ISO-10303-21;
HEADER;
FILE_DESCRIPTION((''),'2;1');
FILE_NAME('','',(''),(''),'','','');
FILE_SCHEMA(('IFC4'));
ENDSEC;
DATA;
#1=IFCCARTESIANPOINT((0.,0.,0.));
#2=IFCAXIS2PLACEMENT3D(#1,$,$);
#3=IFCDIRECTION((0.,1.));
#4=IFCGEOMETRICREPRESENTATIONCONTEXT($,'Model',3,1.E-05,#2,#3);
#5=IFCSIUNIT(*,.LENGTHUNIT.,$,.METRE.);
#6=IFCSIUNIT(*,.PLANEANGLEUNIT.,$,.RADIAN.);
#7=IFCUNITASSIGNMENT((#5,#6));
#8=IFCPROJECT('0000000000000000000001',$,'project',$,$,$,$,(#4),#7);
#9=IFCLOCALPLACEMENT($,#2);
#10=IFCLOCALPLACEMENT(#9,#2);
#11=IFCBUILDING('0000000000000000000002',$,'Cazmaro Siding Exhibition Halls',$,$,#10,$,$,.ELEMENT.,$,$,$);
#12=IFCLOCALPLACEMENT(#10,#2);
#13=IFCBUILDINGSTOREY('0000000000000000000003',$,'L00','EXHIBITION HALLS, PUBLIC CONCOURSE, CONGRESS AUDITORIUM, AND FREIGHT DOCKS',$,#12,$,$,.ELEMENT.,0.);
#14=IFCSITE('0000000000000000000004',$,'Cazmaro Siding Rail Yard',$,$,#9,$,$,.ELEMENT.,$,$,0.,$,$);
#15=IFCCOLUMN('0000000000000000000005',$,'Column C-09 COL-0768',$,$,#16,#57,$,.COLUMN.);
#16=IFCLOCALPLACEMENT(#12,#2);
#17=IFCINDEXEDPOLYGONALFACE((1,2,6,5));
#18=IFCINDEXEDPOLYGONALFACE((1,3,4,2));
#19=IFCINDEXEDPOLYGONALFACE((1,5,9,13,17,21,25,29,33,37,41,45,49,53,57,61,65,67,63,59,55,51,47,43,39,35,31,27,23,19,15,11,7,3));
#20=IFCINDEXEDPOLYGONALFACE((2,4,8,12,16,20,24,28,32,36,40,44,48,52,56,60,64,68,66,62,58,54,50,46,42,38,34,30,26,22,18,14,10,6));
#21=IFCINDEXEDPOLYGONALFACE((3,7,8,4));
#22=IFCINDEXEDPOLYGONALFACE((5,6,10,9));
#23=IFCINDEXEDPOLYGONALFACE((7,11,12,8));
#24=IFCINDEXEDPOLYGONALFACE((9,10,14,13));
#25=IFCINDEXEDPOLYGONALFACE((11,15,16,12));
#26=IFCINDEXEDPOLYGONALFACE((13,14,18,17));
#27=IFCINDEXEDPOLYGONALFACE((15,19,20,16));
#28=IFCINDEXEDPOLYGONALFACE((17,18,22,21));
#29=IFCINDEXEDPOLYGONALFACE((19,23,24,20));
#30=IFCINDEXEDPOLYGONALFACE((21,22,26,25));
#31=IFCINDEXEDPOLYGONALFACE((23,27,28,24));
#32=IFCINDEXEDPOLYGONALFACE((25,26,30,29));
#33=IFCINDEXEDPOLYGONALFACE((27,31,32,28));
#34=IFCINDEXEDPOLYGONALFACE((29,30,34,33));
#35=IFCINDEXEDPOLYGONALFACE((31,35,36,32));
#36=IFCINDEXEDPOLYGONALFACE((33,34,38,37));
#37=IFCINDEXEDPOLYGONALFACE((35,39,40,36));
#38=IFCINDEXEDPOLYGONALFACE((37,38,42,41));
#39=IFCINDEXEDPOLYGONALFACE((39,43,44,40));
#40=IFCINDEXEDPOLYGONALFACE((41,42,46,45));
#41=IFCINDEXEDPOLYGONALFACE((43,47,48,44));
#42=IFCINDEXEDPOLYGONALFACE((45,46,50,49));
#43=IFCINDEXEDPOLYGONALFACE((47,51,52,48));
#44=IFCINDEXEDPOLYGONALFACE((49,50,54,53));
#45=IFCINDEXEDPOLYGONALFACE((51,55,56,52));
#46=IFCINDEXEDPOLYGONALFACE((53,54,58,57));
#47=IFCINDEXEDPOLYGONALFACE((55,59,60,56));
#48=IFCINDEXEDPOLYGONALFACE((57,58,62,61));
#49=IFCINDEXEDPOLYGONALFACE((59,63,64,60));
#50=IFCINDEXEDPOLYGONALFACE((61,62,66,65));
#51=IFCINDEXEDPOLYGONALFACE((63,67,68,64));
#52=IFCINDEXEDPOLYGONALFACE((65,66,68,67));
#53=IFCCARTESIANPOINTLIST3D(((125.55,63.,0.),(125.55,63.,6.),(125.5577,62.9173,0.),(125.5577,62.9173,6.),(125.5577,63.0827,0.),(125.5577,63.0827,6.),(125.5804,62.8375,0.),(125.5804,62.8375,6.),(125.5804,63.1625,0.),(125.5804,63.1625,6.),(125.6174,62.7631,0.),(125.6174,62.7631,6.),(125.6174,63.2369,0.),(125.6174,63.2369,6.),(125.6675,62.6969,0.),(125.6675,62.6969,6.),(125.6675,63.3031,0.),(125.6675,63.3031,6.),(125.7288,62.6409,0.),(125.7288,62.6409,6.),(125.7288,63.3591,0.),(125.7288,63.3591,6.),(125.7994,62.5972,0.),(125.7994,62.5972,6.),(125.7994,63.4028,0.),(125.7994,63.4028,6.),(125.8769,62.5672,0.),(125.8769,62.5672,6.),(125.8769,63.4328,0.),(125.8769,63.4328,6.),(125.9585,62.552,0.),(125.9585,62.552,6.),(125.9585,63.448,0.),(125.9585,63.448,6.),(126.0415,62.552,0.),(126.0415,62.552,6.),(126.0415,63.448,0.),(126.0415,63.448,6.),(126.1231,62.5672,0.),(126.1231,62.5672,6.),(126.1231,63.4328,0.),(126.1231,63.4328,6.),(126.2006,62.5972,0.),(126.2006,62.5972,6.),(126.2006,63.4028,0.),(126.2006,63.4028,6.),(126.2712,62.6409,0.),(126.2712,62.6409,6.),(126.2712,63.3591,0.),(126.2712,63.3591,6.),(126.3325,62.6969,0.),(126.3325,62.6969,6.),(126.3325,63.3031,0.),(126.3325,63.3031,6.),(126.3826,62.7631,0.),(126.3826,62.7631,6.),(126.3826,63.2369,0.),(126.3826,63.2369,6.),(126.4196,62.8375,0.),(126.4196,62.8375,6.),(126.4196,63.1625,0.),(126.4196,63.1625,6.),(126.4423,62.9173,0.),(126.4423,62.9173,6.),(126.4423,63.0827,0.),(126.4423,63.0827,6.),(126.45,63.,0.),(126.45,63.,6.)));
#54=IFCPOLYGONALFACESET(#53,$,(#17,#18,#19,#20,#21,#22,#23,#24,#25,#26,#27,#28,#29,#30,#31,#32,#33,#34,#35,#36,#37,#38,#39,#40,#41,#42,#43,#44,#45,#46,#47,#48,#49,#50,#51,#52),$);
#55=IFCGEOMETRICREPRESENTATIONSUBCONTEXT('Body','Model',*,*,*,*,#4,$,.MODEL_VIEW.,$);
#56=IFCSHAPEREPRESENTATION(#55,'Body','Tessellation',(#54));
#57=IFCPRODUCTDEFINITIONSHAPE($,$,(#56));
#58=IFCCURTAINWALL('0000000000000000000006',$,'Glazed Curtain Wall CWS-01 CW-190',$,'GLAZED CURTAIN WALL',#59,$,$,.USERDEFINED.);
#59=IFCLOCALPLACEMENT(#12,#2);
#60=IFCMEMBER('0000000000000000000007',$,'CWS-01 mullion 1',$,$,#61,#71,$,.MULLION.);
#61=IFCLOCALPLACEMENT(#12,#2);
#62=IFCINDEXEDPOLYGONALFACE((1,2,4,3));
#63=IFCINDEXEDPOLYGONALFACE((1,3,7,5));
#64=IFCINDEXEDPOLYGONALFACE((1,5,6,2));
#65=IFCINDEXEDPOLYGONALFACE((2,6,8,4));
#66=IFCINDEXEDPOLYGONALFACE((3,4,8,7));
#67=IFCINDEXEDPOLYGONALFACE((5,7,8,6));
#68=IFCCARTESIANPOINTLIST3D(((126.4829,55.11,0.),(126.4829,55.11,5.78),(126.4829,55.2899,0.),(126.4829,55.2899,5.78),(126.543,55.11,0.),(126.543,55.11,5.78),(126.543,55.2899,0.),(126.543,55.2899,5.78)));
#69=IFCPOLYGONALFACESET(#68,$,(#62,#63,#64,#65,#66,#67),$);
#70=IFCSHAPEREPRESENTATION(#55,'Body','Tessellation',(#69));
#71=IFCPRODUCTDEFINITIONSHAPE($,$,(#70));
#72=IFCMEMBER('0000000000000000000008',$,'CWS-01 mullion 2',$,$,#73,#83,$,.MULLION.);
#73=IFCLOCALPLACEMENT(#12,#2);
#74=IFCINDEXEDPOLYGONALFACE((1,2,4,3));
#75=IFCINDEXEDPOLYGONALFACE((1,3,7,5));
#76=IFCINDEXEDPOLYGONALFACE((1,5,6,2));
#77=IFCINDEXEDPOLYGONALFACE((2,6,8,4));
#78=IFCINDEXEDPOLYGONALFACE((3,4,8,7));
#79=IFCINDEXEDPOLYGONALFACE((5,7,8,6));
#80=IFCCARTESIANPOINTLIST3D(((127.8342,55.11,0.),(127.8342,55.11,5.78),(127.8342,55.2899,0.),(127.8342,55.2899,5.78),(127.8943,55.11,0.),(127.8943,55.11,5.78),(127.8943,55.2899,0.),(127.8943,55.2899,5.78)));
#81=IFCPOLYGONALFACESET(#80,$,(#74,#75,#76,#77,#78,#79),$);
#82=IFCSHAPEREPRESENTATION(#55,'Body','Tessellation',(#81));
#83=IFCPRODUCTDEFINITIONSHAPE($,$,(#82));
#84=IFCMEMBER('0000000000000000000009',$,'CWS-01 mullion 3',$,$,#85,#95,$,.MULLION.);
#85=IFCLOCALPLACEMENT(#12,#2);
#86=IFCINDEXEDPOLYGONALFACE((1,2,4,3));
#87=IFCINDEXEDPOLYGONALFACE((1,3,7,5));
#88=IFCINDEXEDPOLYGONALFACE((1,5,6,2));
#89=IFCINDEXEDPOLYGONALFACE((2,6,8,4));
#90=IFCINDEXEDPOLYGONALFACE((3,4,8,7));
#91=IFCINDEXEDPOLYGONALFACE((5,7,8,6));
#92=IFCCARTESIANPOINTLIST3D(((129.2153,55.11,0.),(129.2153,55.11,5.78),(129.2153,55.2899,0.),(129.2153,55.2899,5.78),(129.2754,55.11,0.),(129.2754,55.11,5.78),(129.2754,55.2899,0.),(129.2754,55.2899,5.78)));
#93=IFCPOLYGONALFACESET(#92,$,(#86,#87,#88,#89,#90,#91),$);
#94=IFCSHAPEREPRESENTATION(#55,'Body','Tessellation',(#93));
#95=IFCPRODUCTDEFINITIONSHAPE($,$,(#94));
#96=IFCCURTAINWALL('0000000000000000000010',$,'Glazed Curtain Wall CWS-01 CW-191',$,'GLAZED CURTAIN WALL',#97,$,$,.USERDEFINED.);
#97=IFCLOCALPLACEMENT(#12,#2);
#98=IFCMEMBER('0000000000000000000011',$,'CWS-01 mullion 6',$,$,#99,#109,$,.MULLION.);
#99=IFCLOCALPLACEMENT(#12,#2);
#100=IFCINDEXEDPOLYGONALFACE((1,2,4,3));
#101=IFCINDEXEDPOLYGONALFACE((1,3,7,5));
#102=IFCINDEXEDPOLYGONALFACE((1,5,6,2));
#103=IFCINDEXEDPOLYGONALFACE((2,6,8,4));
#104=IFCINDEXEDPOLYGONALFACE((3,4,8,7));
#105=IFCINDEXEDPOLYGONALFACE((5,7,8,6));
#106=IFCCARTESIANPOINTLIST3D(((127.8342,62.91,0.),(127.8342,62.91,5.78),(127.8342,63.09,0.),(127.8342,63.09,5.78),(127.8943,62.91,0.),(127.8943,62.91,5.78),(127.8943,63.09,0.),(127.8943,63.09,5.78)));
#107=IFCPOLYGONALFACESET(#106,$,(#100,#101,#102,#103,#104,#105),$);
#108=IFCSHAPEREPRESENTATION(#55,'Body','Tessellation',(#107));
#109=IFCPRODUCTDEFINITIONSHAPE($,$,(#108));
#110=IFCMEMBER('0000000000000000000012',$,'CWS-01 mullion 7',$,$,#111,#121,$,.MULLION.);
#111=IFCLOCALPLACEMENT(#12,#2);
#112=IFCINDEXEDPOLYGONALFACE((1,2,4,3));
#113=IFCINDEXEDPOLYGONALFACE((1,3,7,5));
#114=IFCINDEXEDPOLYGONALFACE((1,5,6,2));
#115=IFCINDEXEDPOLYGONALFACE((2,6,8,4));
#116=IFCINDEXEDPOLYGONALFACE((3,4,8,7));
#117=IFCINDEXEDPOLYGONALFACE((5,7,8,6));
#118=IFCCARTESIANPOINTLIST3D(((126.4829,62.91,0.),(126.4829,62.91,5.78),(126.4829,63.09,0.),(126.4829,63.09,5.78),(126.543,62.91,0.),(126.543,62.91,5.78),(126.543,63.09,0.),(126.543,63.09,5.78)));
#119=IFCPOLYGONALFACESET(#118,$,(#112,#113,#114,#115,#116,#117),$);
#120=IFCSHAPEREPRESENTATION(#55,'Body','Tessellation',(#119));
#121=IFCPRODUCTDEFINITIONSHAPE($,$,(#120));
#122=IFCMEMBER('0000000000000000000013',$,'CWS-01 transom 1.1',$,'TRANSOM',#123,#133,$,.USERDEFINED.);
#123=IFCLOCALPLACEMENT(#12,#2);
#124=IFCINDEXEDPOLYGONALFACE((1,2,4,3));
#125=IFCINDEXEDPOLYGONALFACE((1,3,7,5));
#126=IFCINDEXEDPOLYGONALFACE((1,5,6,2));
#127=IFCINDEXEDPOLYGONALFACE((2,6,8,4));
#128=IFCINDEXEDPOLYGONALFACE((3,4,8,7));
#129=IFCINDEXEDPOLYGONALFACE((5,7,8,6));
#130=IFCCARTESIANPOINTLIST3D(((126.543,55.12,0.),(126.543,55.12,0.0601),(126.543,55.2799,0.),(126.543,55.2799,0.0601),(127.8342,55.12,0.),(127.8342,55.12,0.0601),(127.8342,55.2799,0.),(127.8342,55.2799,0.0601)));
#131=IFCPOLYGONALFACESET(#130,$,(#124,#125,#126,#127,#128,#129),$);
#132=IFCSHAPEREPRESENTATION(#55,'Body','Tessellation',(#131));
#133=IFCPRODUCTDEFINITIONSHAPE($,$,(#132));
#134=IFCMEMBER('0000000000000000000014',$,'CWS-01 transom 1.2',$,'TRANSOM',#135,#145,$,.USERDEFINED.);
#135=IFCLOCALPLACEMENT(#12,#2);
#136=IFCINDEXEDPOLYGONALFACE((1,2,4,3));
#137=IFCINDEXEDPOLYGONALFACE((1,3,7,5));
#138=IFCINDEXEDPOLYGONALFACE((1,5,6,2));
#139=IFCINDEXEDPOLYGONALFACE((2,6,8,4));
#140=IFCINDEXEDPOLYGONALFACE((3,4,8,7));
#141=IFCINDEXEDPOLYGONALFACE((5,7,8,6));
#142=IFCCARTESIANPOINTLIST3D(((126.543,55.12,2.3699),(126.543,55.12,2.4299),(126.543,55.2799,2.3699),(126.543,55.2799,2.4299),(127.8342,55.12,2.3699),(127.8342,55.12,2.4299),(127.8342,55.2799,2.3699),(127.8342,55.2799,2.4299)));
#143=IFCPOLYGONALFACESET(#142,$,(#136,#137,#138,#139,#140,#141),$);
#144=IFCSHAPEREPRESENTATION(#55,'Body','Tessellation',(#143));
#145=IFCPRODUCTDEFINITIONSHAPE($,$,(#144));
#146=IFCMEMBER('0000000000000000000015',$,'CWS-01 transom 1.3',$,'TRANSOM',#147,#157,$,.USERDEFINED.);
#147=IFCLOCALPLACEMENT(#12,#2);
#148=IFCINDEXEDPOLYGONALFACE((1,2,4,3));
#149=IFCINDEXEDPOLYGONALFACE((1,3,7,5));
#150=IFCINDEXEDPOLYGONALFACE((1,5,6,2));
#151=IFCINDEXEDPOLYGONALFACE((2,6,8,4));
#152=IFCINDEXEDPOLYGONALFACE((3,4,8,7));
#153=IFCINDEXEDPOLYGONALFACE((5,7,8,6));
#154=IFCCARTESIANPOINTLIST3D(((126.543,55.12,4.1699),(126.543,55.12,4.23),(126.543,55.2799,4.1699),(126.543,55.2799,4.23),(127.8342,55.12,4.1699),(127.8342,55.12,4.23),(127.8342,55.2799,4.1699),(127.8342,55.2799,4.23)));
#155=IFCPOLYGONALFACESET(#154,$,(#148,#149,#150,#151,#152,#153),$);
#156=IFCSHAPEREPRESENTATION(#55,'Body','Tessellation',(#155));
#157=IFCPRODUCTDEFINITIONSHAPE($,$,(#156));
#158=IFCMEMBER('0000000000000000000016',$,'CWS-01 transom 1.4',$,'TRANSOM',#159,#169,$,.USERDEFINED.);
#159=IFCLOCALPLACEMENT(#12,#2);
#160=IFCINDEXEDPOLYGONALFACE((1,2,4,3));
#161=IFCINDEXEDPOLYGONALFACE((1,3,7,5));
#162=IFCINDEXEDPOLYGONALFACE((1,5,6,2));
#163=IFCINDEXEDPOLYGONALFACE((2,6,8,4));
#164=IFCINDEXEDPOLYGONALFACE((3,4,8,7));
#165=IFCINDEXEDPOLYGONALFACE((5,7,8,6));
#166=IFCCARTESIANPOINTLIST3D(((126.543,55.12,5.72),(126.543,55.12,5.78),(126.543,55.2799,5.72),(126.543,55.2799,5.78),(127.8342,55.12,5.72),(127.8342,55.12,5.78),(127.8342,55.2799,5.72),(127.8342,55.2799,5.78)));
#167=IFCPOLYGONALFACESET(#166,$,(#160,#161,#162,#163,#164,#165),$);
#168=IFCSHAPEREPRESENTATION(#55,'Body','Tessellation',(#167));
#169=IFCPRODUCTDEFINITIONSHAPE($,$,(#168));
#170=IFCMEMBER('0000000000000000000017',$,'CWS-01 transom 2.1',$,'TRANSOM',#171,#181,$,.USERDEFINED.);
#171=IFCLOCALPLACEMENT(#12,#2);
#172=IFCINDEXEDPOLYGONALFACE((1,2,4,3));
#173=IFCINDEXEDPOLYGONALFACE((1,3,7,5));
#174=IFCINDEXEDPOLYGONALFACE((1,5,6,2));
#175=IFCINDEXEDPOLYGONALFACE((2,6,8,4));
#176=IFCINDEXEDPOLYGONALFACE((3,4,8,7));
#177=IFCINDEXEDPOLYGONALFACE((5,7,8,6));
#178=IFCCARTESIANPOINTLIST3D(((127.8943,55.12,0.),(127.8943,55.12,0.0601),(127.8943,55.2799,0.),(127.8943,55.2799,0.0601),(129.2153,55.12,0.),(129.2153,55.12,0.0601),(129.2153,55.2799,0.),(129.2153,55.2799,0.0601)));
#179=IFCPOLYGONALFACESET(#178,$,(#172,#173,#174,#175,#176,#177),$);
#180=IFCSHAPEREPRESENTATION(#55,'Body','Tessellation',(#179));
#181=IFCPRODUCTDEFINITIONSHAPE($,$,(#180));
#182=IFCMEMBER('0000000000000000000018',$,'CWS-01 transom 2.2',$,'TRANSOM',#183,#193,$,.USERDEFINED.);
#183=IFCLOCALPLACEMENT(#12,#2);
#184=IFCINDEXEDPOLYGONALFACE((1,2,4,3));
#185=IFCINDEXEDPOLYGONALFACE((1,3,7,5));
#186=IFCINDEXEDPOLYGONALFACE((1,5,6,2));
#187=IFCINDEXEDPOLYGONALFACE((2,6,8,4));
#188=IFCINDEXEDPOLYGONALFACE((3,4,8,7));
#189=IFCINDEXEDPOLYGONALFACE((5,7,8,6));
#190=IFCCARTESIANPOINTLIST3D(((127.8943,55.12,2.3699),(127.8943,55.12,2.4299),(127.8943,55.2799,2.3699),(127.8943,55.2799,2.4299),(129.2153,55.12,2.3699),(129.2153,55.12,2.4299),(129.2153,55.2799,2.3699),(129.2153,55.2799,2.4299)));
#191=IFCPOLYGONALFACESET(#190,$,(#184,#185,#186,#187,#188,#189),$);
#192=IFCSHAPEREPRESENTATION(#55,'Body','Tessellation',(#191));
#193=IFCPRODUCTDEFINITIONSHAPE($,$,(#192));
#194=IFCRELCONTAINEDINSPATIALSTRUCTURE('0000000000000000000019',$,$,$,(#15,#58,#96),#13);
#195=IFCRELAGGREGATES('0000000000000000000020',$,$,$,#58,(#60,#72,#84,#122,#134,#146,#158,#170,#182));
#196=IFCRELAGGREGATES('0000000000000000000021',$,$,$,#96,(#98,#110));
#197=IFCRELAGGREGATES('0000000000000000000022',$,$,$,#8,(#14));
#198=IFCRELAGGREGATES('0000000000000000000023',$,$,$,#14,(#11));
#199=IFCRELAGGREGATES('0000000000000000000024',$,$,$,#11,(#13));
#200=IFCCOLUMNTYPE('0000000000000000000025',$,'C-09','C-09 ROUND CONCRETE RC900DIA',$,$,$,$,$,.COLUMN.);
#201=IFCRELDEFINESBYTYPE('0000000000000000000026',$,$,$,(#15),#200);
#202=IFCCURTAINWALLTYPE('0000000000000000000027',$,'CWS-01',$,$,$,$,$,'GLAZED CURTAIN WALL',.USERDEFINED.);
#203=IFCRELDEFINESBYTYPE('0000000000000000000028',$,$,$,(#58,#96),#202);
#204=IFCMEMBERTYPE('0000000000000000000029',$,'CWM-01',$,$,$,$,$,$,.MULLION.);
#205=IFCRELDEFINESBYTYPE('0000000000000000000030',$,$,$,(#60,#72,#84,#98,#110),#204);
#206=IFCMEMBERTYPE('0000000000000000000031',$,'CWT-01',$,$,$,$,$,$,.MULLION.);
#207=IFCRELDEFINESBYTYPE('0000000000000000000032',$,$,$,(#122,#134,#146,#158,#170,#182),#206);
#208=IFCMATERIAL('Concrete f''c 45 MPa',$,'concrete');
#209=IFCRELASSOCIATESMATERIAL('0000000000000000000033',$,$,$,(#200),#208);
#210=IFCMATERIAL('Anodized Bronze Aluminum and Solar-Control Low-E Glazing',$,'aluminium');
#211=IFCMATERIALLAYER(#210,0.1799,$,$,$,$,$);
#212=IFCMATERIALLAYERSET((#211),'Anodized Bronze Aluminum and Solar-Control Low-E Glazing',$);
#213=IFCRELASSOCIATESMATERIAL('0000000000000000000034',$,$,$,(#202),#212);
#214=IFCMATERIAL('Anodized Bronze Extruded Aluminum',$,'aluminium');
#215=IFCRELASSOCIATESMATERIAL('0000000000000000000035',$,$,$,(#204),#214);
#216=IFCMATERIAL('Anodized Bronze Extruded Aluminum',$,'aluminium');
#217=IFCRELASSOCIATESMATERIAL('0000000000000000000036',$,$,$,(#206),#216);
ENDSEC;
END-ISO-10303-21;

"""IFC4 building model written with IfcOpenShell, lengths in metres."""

from ifc_helpers import new_model, si_unit, direction, frame, origin, origin_2d, place, context, subcontext, project, spatial, rectangle, circle, extrude, material, layer, layer_set, material_profile, profile_set, type_object, element, aggregate, save


model = new_model("IFC4")

# Units and contexts
model_context = context("Model", 3, precision=1e-05, world=origin(), true_north=direction((0.0, 1.0)))
body_context = subcontext(model_context, "Body", "Model", "MODEL_VIEW")
ifc_project = project(units=[si_unit("LENGTHUNIT", "METRE"), si_unit("PLANEANGLEUNIT", "RADIAN")], contexts=[model_context])

# Site, building, storey
site_placement = place(None, origin())
site = spatial("IfcSite", under=ifc_project, at=site_placement, Name="Cazmaro Siding Rail Yard", CompositionType="ELEMENT", RefElevation=0.0)
building_placement = place(site_placement, origin())
building = spatial("IfcBuilding", under=site, at=building_placement, Name="Cazmaro Siding Exhibition Halls", CompositionType="ELEMENT")
storey_placement = place(building_placement, origin())
storey = spatial("IfcBuildingStorey", under=building, at=storey_placement, Name="L00", Description="EXHIBITION HALLS, PUBLIC CONCOURSE, CONGRESS AUDITORIUM, AND FREIGHT DOCKS", CompositionType="ELEMENT", Elevation=0.0)

# Column
ifc_material_1 = material(Name="Concrete f'c 45 MPa", Category="concrete")
ifc_material_profile_1 = material_profile(ifc_material_1, circle(Radius=0.45, at=origin_2d()), Name="RC900DIA")
ifc_profile_set_1 = profile_set([ifc_material_profile_1], Name="Concrete f'c 45 MPa")
column_type = type_object("IfcColumnType", Name="C-09", Description="C-09 ROUND CONCRETE RC900DIA", PredefinedType="COLUMN", material=ifc_profile_set_1)
column_placement = place(storey_placement, frame((126.0, 63.0, 0.0), z_axis=(0.0, 0.0, 1.0), x_axis=(1.0, 0.0, 0.0)))
element("IfcColumn", 1, at=column_placement, inside=storey, type_object=column_type, Name="Column C-09 COL-0768", PredefinedType="COLUMN", context=body_context, shape_type="SweptSolid", body=[
    extrude(circle(Radius=0.45, at=origin_2d()), origin(), (0.0, 0.0, 1.0), 6.0),
])

# Curtain walls, members
ifc_material_2 = material(Name="Anodized Bronze Aluminum and Solar-Control Low-E Glazing", Category="aluminium")
ifc_layer_1 = layer(ifc_material_2, 0.1799)
ifc_layer_set_1 = layer_set([ifc_layer_1], Name="Anodized Bronze Aluminum and Solar-Control Low-E Glazing")
curtain_wall_type = type_object("IfcCurtainWallType", Name="CWS-01", ElementType="GLAZED CURTAIN WALL", PredefinedType="USERDEFINED", material=ifc_layer_set_1)
curtain_wall_1_placement = place(storey_placement, origin())
curtain_wall_1 = element("IfcCurtainWall", 2, at=curtain_wall_1_placement, inside=storey, type_object=curtain_wall_type, Name="Glazed Curtain Wall CWS-01 CW-190", ObjectType="GLAZED CURTAIN WALL", PredefinedType="USERDEFINED")
ifc_material_3 = material(Name="Anodized Bronze Extruded Aluminum", Category="aluminium")
ifc_material_profile_2 = material_profile(ifc_material_3, rectangle(XDim=0.1799, YDim=0.0601, at=origin_2d()), Name="CWM-01")
ifc_profile_set_2 = profile_set([ifc_material_profile_2], Name="Anodized Bronze Extruded Aluminum")
member_type_1 = type_object("IfcMemberType", Name="CWM-01", PredefinedType="MULLION", material=ifc_profile_set_2)
member_1_placement = place(storey_placement, frame((126.5129, 55.2, 0.0), z_axis=(0.0, 0.0, 1.0), x_axis=(0.0, 1.0, 0.0)))
member_1 = element("IfcMember", 3, at=member_1_placement, type_object=member_type_1, Name="CWS-01 mullion 1", PredefinedType="MULLION", context=body_context, shape_type="SweptSolid", body=[
    extrude(rectangle(XDim=0.1799, YDim=0.0601, at=origin_2d()), origin(), (0.0, 0.0, 1.0), 5.78),
])
member_2_placement = place(storey_placement, frame((127.8643, 55.2, 0.0), z_axis=(0.0, 0.0, 1.0), x_axis=(0.0, 1.0, 0.0)))
member_2 = element("IfcMember", 4, at=member_2_placement, type_object=member_type_1, Name="CWS-01 mullion 2", PredefinedType="MULLION", context=body_context, shape_type="SweptSolid", body=[
    extrude(rectangle(XDim=0.1799, YDim=0.0601, at=origin_2d()), origin(), (0.0, 0.0, 1.0), 5.78),
])
member_3_placement = place(storey_placement, frame((129.2454, 55.2, 0.0), z_axis=(0.0, 0.0, 1.0), x_axis=(0.0, 1.0, 0.0)))
member_3 = element("IfcMember", 5, at=member_3_placement, type_object=member_type_1, Name="CWS-01 mullion 3", PredefinedType="MULLION", context=body_context, shape_type="SweptSolid", body=[
    extrude(rectangle(XDim=0.1799, YDim=0.0601, at=origin_2d()), origin(), (0.0, 0.0, 1.0), 5.78),
])
curtain_wall_2_placement = place(storey_placement, origin())
curtain_wall_2 = element("IfcCurtainWall", 6, at=curtain_wall_2_placement, inside=storey, type_object=curtain_wall_type, Name="Glazed Curtain Wall CWS-01 CW-191", ObjectType="GLAZED CURTAIN WALL", PredefinedType="USERDEFINED")
member_4_placement = place(storey_placement, frame((127.8643, 63.0, 0.0), z_axis=(0.0, 0.0, 1.0), x_axis=(0.0, -1.0, 0.0)))
member_4 = element("IfcMember", 7, at=member_4_placement, type_object=member_type_1, Name="CWS-01 mullion 6", PredefinedType="MULLION", context=body_context, shape_type="SweptSolid", body=[
    extrude(rectangle(XDim=0.1799, YDim=0.0601, at=origin_2d()), origin(), (0.0, 0.0, 1.0), 5.78),
])
member_5_placement = place(storey_placement, frame((126.5129, 63.0, 0.0), z_axis=(0.0, 0.0, 1.0), x_axis=(0.0, -1.0, 0.0)))
member_5 = element("IfcMember", 8, at=member_5_placement, type_object=member_type_1, Name="CWS-01 mullion 7", PredefinedType="MULLION", context=body_context, shape_type="SweptSolid", body=[
    extrude(rectangle(XDim=0.1799, YDim=0.0601, at=origin_2d()), origin(), (0.0, 0.0, 1.0), 5.78),
])

# Members
ifc_material_4 = material(Name="Anodized Bronze Extruded Aluminum", Category="aluminium")
ifc_material_profile_3 = material_profile(ifc_material_4, rectangle(XDim=0.1599, YDim=0.0601, at=origin_2d()), Name="CWT-01")
ifc_profile_set_3 = profile_set([ifc_material_profile_3], Name="Anodized Bronze Extruded Aluminum")
member_type_2 = type_object("IfcMemberType", Name="CWT-01", PredefinedType="MULLION", material=ifc_profile_set_3)
member_6_placement = place(storey_placement, frame((126.543, 55.2, 0.03), z_axis=(1.0, 0.0, 0.0), x_axis=(0.0, 1.0, 0.0)))
member_6 = element("IfcMember", 9, at=member_6_placement, type_object=member_type_2, Name="CWS-01 transom 1.1", ObjectType="TRANSOM", PredefinedType="USERDEFINED", context=body_context, shape_type="SweptSolid", body=[
    extrude(rectangle(XDim=0.1599, YDim=0.0601, at=origin_2d()), origin(), (0.0, 0.0, 1.0), 1.2913),
])
member_7_placement = place(storey_placement, frame((126.543, 55.2, 2.3999), z_axis=(1.0, 0.0, 0.0), x_axis=(0.0, 1.0, 0.0)))
member_7 = element("IfcMember", 10, at=member_7_placement, type_object=member_type_2, Name="CWS-01 transom 1.2", ObjectType="TRANSOM", PredefinedType="USERDEFINED", context=body_context, shape_type="SweptSolid", body=[
    extrude(rectangle(XDim=0.1599, YDim=0.0601, at=origin_2d()), origin(), (0.0, 0.0, 1.0), 1.2913),
])
member_8_placement = place(storey_placement, frame((126.543, 55.2, 4.2), z_axis=(1.0, 0.0, 0.0), x_axis=(0.0, 1.0, 0.0)))
member_8 = element("IfcMember", 11, at=member_8_placement, type_object=member_type_2, Name="CWS-01 transom 1.3", ObjectType="TRANSOM", PredefinedType="USERDEFINED", context=body_context, shape_type="SweptSolid", body=[
    extrude(rectangle(XDim=0.1599, YDim=0.0601, at=origin_2d()), origin(), (0.0, 0.0, 1.0), 1.2913),
])
member_9_placement = place(storey_placement, frame((126.543, 55.2, 5.75), z_axis=(1.0, 0.0, 0.0), x_axis=(0.0, 1.0, 0.0)))
member_9 = element("IfcMember", 12, at=member_9_placement, type_object=member_type_2, Name="CWS-01 transom 1.4", ObjectType="TRANSOM", PredefinedType="USERDEFINED", context=body_context, shape_type="SweptSolid", body=[
    extrude(rectangle(XDim=0.1599, YDim=0.0601, at=origin_2d()), origin(), (0.0, 0.0, 1.0), 1.2913),
])
member_10_placement = place(storey_placement, frame((127.8943, 55.2, 0.03), z_axis=(1.0, 0.0, 0.0), x_axis=(0.0, 1.0, 0.0)))
member_10 = element("IfcMember", 13, at=member_10_placement, type_object=member_type_2, Name="CWS-01 transom 2.1", ObjectType="TRANSOM", PredefinedType="USERDEFINED", context=body_context, shape_type="SweptSolid", body=[
    extrude(rectangle(XDim=0.1599, YDim=0.0601, at=origin_2d()), origin(), (0.0, 0.0, 1.0), 1.321),
])
member_11_placement = place(storey_placement, frame((127.8943, 55.2, 2.3999), z_axis=(1.0, 0.0, 0.0), x_axis=(0.0, 1.0, 0.0)))
member_11 = element("IfcMember", 14, at=member_11_placement, type_object=member_type_2, Name="CWS-01 transom 2.2", ObjectType="TRANSOM", PredefinedType="USERDEFINED", context=body_context, shape_type="SweptSolid", body=[
    extrude(rectangle(XDim=0.1599, YDim=0.0601, at=origin_2d()), origin(), (0.0, 0.0, 1.0), 1.321),
])

aggregate(curtain_wall_1, [member_1, member_2, member_3, member_6, member_7, member_8, member_9, member_10, member_11])
aggregate(curtain_wall_2, [member_4, member_5])

save(model, "model.ifc")
